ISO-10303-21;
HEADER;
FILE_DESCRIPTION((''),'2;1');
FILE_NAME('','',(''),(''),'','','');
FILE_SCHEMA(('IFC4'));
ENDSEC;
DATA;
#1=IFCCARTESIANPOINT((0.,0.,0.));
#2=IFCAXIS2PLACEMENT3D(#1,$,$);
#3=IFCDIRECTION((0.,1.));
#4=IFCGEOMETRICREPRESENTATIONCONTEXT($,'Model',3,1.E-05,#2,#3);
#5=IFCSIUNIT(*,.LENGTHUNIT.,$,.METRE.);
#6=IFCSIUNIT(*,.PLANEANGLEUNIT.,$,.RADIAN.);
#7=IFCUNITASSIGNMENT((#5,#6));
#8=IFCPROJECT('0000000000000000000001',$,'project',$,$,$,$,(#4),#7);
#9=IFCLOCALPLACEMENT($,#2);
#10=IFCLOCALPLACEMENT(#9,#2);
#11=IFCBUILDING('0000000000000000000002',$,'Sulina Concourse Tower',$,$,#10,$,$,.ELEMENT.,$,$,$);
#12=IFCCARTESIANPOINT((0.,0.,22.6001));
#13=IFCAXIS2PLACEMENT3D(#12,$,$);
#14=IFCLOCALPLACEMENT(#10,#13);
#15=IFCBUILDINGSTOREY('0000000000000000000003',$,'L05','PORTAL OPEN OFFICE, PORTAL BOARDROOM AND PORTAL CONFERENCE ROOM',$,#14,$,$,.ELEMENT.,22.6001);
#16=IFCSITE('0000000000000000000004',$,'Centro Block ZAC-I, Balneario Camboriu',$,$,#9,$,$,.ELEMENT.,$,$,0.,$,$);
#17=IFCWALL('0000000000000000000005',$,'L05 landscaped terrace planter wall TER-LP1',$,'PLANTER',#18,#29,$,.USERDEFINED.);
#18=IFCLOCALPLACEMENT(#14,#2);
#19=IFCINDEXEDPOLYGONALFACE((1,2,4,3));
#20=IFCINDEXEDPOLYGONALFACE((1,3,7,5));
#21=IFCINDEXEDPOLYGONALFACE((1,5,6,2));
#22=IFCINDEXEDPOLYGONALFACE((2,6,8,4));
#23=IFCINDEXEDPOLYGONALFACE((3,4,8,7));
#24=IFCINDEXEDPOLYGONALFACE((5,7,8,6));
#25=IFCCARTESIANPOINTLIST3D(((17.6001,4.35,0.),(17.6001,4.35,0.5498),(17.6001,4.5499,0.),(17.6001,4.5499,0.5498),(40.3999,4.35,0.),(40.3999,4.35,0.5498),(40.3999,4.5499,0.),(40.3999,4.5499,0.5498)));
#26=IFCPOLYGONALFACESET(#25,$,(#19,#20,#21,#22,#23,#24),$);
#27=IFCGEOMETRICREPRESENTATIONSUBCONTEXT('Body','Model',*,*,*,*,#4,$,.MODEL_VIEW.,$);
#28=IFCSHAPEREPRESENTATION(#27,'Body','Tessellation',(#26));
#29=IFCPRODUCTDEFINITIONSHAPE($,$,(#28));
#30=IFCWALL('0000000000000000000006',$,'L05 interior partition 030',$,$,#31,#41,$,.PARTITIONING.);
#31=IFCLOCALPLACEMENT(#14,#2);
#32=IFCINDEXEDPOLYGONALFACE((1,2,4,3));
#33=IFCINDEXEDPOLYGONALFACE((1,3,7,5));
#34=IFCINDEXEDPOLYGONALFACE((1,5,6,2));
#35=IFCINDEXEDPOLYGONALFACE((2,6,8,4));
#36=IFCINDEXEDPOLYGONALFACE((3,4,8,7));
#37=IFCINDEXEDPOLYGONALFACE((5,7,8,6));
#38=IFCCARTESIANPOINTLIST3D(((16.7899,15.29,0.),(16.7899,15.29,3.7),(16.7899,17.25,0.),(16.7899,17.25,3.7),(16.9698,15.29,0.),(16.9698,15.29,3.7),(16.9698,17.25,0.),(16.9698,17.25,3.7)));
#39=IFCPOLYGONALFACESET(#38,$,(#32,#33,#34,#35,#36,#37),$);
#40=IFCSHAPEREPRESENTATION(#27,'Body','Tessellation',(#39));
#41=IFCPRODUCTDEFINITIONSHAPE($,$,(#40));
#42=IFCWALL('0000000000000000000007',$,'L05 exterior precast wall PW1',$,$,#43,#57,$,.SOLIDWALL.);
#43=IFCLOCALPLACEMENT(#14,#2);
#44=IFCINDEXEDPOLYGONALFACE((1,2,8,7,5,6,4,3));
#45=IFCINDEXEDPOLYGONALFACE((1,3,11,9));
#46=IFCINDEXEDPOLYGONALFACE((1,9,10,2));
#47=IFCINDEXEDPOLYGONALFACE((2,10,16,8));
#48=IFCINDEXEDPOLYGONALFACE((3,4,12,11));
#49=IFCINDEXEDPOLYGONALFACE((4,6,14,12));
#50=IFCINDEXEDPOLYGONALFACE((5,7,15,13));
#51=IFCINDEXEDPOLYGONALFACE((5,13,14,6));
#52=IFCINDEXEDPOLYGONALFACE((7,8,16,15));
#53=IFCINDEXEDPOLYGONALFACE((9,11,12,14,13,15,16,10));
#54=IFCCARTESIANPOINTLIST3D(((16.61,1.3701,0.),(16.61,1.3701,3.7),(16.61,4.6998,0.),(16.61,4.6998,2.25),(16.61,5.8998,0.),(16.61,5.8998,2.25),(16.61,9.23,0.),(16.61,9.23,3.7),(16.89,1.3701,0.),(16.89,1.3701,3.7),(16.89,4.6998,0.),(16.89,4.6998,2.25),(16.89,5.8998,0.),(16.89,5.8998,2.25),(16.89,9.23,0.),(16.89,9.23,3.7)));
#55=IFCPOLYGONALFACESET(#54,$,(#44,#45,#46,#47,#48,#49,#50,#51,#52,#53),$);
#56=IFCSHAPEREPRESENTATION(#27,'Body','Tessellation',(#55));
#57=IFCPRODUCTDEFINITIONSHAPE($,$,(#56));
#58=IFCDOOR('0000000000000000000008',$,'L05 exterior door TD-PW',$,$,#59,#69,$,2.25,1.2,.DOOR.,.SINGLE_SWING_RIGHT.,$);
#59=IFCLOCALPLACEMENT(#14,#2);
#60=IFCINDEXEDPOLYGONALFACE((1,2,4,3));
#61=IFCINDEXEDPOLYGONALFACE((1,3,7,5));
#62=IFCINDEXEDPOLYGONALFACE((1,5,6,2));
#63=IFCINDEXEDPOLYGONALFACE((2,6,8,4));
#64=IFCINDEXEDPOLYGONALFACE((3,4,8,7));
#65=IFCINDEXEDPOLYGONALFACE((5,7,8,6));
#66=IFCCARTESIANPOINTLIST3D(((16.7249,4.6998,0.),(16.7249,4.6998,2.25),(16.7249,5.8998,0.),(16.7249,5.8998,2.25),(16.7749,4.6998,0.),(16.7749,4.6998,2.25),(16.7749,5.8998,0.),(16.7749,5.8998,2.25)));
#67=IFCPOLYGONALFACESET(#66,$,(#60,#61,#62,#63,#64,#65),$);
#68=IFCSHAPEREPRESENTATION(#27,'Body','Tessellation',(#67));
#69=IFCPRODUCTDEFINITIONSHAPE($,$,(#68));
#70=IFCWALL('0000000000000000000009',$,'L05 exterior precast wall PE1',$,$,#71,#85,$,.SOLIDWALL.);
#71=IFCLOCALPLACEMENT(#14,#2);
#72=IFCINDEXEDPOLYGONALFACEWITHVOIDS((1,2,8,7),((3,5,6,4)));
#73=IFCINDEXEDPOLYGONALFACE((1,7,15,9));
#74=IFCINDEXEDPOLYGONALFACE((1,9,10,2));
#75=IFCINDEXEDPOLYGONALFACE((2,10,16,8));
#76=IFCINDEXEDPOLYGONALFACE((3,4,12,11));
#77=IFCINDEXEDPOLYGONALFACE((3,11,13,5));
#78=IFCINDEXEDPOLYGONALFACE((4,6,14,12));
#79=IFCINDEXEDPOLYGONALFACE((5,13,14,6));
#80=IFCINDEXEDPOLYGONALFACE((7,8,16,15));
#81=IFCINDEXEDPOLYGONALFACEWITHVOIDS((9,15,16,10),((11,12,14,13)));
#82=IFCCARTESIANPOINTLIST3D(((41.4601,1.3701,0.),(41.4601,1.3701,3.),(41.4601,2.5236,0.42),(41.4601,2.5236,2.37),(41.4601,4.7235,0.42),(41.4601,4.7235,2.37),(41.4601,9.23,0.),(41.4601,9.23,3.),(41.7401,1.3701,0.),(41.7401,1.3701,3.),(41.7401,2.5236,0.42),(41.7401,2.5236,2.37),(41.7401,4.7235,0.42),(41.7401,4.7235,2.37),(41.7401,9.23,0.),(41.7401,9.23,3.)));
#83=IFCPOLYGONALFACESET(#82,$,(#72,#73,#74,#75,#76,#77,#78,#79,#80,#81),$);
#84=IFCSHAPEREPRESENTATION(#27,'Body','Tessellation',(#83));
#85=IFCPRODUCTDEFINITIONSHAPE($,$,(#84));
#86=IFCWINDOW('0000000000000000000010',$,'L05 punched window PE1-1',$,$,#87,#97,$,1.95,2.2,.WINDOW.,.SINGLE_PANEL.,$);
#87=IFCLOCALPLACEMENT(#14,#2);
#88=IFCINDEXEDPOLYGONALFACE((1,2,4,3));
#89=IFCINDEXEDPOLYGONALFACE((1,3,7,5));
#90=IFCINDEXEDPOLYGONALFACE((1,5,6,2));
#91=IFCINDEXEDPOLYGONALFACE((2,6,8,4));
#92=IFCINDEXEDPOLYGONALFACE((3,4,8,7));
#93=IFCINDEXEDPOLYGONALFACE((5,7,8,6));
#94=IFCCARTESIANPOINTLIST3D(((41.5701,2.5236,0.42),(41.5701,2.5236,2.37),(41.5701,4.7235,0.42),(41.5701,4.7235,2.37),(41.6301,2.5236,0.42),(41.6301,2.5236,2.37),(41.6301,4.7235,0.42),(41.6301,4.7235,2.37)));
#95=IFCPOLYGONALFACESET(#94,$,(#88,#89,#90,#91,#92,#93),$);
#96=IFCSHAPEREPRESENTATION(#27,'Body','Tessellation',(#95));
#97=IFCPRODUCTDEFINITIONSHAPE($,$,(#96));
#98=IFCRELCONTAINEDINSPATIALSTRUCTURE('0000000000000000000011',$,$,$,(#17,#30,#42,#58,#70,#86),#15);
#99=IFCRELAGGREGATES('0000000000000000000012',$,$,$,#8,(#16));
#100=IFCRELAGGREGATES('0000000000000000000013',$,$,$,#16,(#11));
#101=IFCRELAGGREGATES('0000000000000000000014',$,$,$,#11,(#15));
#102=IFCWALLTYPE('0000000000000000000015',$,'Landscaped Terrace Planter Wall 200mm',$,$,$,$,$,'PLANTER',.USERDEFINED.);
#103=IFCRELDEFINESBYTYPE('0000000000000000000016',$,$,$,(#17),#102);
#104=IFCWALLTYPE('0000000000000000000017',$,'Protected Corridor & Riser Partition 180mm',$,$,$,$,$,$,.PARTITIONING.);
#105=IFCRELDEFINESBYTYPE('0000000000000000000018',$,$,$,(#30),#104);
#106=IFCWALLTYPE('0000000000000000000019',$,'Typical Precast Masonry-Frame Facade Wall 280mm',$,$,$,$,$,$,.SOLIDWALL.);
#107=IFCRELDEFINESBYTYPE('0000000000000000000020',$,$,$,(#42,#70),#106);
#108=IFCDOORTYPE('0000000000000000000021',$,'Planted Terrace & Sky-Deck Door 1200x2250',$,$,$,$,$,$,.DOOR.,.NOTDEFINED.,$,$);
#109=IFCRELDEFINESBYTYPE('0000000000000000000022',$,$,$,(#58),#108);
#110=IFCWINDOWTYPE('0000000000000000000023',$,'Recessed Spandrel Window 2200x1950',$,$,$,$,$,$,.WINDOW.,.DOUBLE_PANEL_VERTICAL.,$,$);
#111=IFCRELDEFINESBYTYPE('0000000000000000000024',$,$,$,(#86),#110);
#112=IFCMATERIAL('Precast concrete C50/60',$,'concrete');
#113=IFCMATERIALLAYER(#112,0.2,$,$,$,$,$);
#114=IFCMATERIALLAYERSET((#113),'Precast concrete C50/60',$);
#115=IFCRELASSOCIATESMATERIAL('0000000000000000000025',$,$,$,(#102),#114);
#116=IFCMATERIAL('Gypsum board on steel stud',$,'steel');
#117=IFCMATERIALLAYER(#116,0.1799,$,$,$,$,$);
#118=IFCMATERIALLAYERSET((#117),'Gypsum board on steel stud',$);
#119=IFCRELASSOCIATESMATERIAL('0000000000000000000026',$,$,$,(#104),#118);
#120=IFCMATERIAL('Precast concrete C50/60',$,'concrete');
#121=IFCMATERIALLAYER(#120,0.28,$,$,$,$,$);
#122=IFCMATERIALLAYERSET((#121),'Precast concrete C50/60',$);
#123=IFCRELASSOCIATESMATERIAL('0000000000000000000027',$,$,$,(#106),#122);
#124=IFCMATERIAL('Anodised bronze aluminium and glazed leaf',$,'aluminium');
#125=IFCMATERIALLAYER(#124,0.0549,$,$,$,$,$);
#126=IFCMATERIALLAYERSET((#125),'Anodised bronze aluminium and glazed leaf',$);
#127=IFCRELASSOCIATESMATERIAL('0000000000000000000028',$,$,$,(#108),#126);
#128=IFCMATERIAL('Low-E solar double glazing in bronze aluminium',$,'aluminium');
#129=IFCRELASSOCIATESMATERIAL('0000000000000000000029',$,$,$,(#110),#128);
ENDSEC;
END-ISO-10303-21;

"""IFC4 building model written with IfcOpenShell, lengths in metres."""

from ifc_helpers import new_model, si_unit, direction, frame, frame_2d, origin, place, context, subcontext, project, spatial, rectangle, extrude, material, layer, layer_set, type_object, element, fill, save


model = new_model("IFC4")

# Units and contexts
model_context = context("Model", 3, precision=1e-05, world=origin(), true_north=direction((0.0, 1.0)))
body_context = subcontext(model_context, "Body", "Model", "MODEL_VIEW")
ifc_project = project(units=[si_unit("LENGTHUNIT", "METRE"), si_unit("PLANEANGLEUNIT", "RADIAN")], contexts=[model_context])

# Site, building, storey
site_placement = place(None, origin())
site = spatial("IfcSite", under=ifc_project, at=site_placement, Name="Centro Block ZAC-I, Balneario Camboriu", CompositionType="ELEMENT", RefElevation=0.0)
building_placement = place(site_placement, origin())
building = spatial("IfcBuilding", under=site, at=building_placement, Name="Sulina Concourse Tower", CompositionType="ELEMENT")
storey_placement = place(building_placement, frame((0.0, 0.0, 22.6001)))
storey = spatial("IfcBuildingStorey", under=building, at=storey_placement, Name="L05", Description="PORTAL OPEN OFFICE, PORTAL BOARDROOM AND PORTAL CONFERENCE ROOM", CompositionType="ELEMENT", Elevation=22.6001)

# Walls
ifc_material_1 = material(Name="Precast concrete C50/60", Category="concrete")
ifc_layer_1 = layer(ifc_material_1, 0.2)
ifc_layer_set_1 = layer_set([ifc_layer_1], Name="Precast concrete C50/60")
wall_type_1 = type_object("IfcWallType", Name="Landscaped Terrace Planter Wall 200mm", ElementType="PLANTER", PredefinedType="USERDEFINED", material=ifc_layer_set_1)
wall_1_placement = place(storey_placement, frame((17.6001, 4.45, 0.0), z_axis=(0.0, 0.0, 1.0), x_axis=(1.0, 0.0, 0.0)))
element("IfcWall", 1, at=wall_1_placement, inside=storey, type_object=wall_type_1, Name="L05 landscaped terrace planter wall TER-LP1", ObjectType="PLANTER", PredefinedType="USERDEFINED", context=body_context, shape_type="SweptSolid", body=[
    extrude(rectangle(XDim=22.7998, YDim=0.2, at=frame_2d((11.3999, 0.0))), origin(), (0.0, 0.0, 1.0), 0.5498),
])
ifc_material_2 = material(Name="Gypsum board on steel stud", Category="steel")
ifc_layer_2 = layer(ifc_material_2, 0.1799)
ifc_layer_set_2 = layer_set([ifc_layer_2], Name="Gypsum board on steel stud")
wall_type_2 = type_object("IfcWallType", Name="Protected Corridor & Riser Partition 180mm", PredefinedType="PARTITIONING", material=ifc_layer_set_2)
wall_2_placement = place(storey_placement, frame((16.8799, 15.29, 0.0), z_axis=(0.0, 0.0, 1.0), x_axis=(0.0, 1.0, 0.0)))
element("IfcWall", 2, at=wall_2_placement, inside=storey, type_object=wall_type_2, Name="L05 interior partition 030", PredefinedType="PARTITIONING", context=body_context, shape_type="SweptSolid", body=[
    extrude(rectangle(XDim=1.96, YDim=0.1799, at=frame_2d((0.98, 0.0))), origin(), (0.0, 0.0, 1.0), 3.7),
])

# Wall, opening, door
ifc_material_3 = material(Name="Precast concrete C50/60", Category="concrete")
ifc_layer_3 = layer(ifc_material_3, 0.28)
ifc_layer_set_3 = layer_set([ifc_layer_3], Name="Precast concrete C50/60")
wall_type_3 = type_object("IfcWallType", Name="Typical Precast Masonry-Frame Facade Wall 280mm", PredefinedType="SOLIDWALL", material=ifc_layer_set_3)
wall_3_placement = place(storey_placement, frame((16.75, 9.23, 0.0), z_axis=(0.0, 0.0, 1.0), x_axis=(0.0, -1.0, 0.0)))
wall_3 = element("IfcWall", 3, at=wall_3_placement, inside=storey, type_object=wall_type_3, Name="L05 exterior precast wall PW1", PredefinedType="SOLIDWALL", context=body_context, shape_type="SweptSolid", body=[
    extrude(rectangle(XDim=7.8599, YDim=0.28, at=frame_2d((3.9299, 0.0))), origin(), (0.0, 0.0, 1.0), 3.7),
])
opening_1_placement = place(wall_3_placement, frame((3.3301, 0.0, 0.0)))
opening_1 = element("IfcOpeningElement", 4, at=opening_1_placement, cuts=wall_3, PredefinedType="OPENING", context=body_context, shape_type="SweptSolid", body=[
    extrude(rectangle(XDim=1.2, YDim=2.25, at=frame_2d((0.6001, 1.125))), frame((0.0, 0.1499, 0.0), z_axis=(0.0, -1.0, 0.0), x_axis=(1.0, 0.0, 0.0)), (0.0, 0.0, 1.0), 0.3),
])
ifc_material_4 = material(Name="Anodised bronze aluminium and glazed leaf", Category="aluminium")
ifc_layer_4 = layer(ifc_material_4, 0.0549)
ifc_layer_set_4 = layer_set([ifc_layer_4], Name="Anodised bronze aluminium and glazed leaf")
door_type = type_object("IfcDoorType", Name="Planted Terrace & Sky-Deck Door 1200x2250", OperationType="NOTDEFINED", PredefinedType="DOOR", material=ifc_layer_set_4)
door_placement = place(opening_1_placement, origin())
door = element("IfcDoor", 5, at=door_placement, inside=storey, type_object=door_type, Name="L05 exterior door TD-PW", OperationType="SINGLE_SWING_RIGHT", OverallHeight=2.25, OverallWidth=1.2, PredefinedType="DOOR", context=body_context, shape_type="SweptSolid", body=[
    extrude(rectangle(XDim=1.2, YDim=2.25, at=frame_2d((0.6001, 1.125))), frame((0.0, 0.0249, 0.0), z_axis=(0.0, -1.0, 0.0), x_axis=(1.0, 0.0, 0.0)), (0.0, 0.0, 1.0), 0.05),
])
fill(opening_1, door)

# Wall, opening, window
wall_4_placement = place(storey_placement, frame((41.6001, 1.3701, 0.0), z_axis=(0.0, 0.0, 1.0), x_axis=(0.0, 1.0, 0.0)))
wall_4 = element("IfcWall", 6, at=wall_4_placement, inside=storey, type_object=wall_type_3, Name="L05 exterior precast wall PE1", PredefinedType="SOLIDWALL", context=body_context, shape_type="SweptSolid", body=[
    extrude(rectangle(XDim=7.8599, YDim=0.28, at=frame_2d((3.9299, 0.0))), origin(), (0.0, 0.0, 1.0), 3.0),
])
opening_2_placement = place(wall_4_placement, frame((1.1533, 0.0, 0.4199)))
opening_2 = element("IfcOpeningElement", 7, at=opening_2_placement, cuts=wall_4, PredefinedType="OPENING", context=body_context, shape_type="SweptSolid", body=[
    extrude(rectangle(XDim=2.2, YDim=1.95, at=frame_2d((1.1001, 0.9751))), frame((0.0, 0.1499, 0.0), z_axis=(0.0, -1.0, 0.0), x_axis=(1.0, 0.0, 0.0)), (0.0, 0.0, 1.0), 0.3),
])
ifc_material_5 = material(Name="Low-E solar double glazing in bronze aluminium", Category="aluminium")
window_type = type_object("IfcWindowType", Name="Recessed Spandrel Window 2200x1950", PartitioningType="DOUBLE_PANEL_VERTICAL", PredefinedType="WINDOW", material=ifc_material_5)
window_placement = place(opening_2_placement, origin())
window = element("IfcWindow", 8, at=window_placement, inside=storey, type_object=window_type, Name="L05 punched window PE1-1", OverallHeight=1.95, OverallWidth=2.2, PartitioningType="SINGLE_PANEL", PredefinedType="WINDOW", context=body_context, shape_type="SweptSolid", body=[
    extrude(rectangle(XDim=2.2, YDim=1.95, at=frame_2d((1.1001, 0.9751))), frame((0.0, 0.03, 0.0), z_axis=(0.0, -1.0, 0.0), x_axis=(1.0, 0.0, 0.0)), (0.0, 0.0, 1.0), 0.0601),
])
fill(opening_2, window)

save(model, "model.ifc")
